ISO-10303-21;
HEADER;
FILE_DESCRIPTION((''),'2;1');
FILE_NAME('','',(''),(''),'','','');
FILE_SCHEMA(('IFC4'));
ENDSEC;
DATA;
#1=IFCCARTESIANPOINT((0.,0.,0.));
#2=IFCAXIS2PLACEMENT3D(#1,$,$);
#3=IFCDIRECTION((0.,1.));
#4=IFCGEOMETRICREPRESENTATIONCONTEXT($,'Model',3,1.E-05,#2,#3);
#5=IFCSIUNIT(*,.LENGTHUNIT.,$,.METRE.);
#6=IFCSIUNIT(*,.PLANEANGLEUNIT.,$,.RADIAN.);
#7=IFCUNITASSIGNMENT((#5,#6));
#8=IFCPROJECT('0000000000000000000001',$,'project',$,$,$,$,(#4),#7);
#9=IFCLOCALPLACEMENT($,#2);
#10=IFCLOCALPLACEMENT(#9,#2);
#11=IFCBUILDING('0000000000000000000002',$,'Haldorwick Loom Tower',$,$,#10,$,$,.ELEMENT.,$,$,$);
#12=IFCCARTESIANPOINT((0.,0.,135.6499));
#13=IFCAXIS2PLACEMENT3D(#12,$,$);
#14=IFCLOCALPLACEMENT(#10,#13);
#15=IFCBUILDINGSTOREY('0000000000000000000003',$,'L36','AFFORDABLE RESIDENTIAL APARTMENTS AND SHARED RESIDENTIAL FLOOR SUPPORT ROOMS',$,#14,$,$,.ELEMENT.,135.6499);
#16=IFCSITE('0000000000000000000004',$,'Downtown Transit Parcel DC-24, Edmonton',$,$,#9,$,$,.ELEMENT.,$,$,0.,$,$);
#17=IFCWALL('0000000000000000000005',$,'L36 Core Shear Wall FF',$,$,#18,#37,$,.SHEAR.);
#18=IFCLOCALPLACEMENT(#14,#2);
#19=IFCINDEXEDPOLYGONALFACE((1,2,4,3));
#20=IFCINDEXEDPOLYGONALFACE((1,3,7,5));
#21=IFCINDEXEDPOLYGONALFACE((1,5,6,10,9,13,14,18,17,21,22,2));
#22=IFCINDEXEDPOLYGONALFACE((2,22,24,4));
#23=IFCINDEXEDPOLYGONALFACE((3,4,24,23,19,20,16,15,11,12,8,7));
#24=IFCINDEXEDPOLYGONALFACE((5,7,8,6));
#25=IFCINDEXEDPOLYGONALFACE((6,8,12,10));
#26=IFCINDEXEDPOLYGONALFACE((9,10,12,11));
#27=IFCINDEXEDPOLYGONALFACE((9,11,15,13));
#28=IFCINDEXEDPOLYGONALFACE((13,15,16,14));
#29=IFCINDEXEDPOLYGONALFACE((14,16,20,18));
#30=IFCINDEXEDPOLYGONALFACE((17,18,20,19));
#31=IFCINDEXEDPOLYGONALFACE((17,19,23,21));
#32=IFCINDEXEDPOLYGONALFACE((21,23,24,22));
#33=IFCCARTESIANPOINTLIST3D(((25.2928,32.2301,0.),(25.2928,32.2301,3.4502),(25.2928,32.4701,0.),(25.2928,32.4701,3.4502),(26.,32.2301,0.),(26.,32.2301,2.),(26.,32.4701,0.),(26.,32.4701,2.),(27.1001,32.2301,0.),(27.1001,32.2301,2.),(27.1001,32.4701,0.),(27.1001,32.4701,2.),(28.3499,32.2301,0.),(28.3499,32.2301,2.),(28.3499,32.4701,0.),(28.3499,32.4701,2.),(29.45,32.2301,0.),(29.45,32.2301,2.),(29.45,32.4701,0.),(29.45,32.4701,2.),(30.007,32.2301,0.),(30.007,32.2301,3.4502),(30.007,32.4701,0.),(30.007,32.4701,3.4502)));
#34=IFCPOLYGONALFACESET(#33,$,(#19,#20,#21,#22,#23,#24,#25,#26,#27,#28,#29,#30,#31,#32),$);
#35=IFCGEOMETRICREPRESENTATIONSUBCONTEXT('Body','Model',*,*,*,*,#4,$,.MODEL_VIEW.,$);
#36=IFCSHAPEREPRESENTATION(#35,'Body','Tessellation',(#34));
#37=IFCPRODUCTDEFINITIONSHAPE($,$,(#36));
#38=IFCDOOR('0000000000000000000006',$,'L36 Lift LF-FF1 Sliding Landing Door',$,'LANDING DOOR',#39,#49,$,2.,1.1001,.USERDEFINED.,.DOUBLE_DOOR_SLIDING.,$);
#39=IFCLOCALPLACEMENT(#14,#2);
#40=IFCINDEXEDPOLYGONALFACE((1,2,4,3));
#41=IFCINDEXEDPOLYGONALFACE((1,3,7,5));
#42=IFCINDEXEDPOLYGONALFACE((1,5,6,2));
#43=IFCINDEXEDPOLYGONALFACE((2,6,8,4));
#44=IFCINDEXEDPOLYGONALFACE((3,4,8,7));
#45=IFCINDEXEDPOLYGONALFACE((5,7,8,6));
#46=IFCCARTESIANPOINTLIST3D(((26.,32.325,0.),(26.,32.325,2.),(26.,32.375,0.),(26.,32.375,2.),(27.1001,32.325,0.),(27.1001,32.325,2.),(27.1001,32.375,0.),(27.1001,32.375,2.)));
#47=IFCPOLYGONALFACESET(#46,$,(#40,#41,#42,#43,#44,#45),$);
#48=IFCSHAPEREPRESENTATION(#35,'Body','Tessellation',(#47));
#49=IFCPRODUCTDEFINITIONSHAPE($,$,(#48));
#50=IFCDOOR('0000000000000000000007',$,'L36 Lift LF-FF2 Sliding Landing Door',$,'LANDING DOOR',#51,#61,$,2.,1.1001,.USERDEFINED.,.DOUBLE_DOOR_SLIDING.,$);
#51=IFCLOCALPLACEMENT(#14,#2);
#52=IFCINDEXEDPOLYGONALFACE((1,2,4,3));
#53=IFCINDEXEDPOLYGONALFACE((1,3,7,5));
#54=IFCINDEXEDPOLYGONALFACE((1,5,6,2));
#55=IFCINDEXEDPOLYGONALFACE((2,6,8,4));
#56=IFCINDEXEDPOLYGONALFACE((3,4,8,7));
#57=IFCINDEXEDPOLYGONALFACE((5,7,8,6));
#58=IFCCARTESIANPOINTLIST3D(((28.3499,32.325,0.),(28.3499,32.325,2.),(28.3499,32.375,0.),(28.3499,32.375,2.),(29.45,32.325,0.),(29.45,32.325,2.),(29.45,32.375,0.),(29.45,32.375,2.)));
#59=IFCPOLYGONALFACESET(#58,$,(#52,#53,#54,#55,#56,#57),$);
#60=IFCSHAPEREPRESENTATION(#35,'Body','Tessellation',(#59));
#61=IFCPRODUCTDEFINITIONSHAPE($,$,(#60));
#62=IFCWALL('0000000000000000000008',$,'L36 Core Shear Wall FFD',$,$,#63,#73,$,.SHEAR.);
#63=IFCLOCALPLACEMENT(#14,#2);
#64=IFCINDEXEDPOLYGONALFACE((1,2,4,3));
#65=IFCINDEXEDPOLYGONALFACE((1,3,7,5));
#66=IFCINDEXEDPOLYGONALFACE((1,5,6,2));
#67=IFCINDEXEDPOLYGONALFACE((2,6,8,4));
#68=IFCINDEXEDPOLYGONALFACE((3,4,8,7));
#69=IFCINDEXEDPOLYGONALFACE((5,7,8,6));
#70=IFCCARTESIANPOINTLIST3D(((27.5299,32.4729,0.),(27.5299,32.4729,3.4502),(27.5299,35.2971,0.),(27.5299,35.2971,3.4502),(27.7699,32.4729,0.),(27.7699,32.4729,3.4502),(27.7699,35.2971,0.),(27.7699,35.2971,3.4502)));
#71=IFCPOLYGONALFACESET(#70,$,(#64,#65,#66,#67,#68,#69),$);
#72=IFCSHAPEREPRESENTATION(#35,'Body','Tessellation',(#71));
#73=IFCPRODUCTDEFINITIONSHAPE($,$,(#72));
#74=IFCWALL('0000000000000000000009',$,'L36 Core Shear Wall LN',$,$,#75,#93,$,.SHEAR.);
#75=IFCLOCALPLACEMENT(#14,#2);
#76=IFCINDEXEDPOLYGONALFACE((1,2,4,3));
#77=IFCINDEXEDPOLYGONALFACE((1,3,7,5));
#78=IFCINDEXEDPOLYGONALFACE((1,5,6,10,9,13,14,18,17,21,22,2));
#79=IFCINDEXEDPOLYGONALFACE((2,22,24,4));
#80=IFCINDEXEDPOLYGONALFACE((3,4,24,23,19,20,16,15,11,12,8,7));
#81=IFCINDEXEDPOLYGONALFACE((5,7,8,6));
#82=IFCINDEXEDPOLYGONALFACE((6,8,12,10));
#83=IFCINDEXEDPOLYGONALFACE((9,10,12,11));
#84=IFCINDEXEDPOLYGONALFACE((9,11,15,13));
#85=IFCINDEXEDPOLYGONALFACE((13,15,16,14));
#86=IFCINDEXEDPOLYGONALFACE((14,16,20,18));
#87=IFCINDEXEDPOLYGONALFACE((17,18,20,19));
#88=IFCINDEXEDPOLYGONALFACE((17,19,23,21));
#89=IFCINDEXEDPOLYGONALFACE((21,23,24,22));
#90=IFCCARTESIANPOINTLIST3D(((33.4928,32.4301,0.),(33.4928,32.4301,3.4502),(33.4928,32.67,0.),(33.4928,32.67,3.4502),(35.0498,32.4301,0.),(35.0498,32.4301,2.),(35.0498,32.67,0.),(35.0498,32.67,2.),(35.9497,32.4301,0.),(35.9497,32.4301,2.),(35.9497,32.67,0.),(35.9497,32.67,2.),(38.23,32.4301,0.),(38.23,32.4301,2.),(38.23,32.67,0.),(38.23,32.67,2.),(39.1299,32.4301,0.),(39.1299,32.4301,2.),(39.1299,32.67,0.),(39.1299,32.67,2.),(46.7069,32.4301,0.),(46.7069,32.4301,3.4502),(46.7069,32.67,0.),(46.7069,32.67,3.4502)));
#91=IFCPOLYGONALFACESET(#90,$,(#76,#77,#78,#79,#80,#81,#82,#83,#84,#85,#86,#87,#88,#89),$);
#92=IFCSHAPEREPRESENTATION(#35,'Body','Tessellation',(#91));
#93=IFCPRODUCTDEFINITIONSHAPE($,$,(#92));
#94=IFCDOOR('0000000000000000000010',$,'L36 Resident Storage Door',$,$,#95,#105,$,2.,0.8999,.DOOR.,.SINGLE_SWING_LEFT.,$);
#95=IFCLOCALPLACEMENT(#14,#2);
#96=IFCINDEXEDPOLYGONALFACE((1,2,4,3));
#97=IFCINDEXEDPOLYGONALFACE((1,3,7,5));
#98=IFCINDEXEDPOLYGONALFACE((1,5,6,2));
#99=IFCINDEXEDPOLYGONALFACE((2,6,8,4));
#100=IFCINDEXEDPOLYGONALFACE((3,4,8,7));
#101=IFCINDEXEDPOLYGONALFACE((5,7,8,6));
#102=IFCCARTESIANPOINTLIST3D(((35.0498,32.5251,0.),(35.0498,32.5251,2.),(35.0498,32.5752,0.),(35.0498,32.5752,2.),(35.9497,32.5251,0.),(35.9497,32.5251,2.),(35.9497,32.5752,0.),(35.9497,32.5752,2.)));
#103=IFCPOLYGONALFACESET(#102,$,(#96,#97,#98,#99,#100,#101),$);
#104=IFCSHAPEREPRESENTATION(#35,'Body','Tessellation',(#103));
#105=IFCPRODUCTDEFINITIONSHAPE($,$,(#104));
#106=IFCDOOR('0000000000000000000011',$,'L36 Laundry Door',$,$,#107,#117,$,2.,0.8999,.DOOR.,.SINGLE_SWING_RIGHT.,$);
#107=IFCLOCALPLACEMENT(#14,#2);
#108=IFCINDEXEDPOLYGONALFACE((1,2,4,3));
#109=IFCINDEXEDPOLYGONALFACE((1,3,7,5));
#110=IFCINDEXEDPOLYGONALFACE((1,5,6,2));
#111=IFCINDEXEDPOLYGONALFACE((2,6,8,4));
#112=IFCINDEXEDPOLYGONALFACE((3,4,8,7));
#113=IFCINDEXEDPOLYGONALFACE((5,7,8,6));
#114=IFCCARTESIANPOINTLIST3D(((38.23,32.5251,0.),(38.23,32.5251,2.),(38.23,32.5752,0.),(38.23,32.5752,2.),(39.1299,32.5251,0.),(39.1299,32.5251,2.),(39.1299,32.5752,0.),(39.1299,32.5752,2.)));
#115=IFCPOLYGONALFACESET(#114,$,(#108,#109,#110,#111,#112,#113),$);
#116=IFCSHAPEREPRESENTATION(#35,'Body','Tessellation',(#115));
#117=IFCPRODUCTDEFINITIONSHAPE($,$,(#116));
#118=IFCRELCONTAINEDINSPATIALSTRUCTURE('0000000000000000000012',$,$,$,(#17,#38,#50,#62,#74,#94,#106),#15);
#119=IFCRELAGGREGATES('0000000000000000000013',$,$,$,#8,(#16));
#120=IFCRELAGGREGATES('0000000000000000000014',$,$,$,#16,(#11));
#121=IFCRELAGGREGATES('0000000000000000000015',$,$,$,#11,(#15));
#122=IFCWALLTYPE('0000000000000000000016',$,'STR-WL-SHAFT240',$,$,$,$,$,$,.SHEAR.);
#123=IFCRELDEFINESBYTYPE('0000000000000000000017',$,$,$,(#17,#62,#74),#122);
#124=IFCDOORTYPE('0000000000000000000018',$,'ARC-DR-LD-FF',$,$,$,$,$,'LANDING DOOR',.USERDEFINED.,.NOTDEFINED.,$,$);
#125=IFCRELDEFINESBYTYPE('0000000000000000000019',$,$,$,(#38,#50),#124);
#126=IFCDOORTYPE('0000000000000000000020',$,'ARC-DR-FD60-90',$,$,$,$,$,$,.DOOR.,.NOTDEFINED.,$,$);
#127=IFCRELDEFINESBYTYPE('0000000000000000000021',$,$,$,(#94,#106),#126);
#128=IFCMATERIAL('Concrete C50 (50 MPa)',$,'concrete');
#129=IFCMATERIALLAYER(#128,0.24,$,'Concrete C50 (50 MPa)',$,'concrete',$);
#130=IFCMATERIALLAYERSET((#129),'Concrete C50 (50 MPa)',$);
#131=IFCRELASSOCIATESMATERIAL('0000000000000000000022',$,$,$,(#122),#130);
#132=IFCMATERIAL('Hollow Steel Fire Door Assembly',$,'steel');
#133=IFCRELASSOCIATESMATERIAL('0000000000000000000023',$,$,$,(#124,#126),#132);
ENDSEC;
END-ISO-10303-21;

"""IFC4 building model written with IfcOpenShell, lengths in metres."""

from ifc_helpers import new_model, si_unit, direction, frame, frame_2d, origin, place, context, subcontext, project, spatial, rectangle, extrude, material, layer, layer_set, type_object, element, fill, save


model = new_model("IFC4")

# Units and contexts
model_context = context("Model", 3, precision=1e-05, world=origin(), true_north=direction((0.0, 1.0)))
body_context = subcontext(model_context, "Body", "Model", "MODEL_VIEW")
ifc_project = project(units=[si_unit("LENGTHUNIT", "METRE"), si_unit("PLANEANGLEUNIT", "RADIAN")], contexts=[model_context])

# Site, building, storey
site_placement = place(None, origin())
site = spatial("IfcSite", under=ifc_project, at=site_placement, Name="Downtown Transit Parcel DC-24, Edmonton", CompositionType="ELEMENT", RefElevation=0.0)
building_placement = place(site_placement, origin())
building = spatial("IfcBuilding", under=site, at=building_placement, Name="Haldorwick Loom Tower", CompositionType="ELEMENT")
storey_placement = place(building_placement, frame((0.0, 0.0, 135.6499)))
storey = spatial("IfcBuildingStorey", under=building, at=storey_placement, Name="L36", Description="AFFORDABLE RESIDENTIAL APARTMENTS AND SHARED RESIDENTIAL FLOOR SUPPORT ROOMS", CompositionType="ELEMENT", Elevation=135.6499)

# Shared definitions
ifc_material_1 = material(Name="Concrete C50 (50 MPa)", Category="concrete")
ifc_layer_1 = layer(ifc_material_1, 0.24, Name="Concrete C50 (50 MPa)", Category="concrete")
ifc_layer_set_1 = layer_set([ifc_layer_1], Name="Concrete C50 (50 MPa)")
wall_type_1 = type_object("IfcWallType", Name="STR-WL-SHAFT240", PredefinedType="SHEAR", material=ifc_layer_set_1)

# Wall, openings, doors
wall_1_placement = place(storey_placement, frame((25.293, 32.3501, 0.0), z_axis=(0.0, 0.0, 1.0), x_axis=(1.0, 0.0, 0.0)))
wall_1 = element("IfcWall", 1, at=wall_1_placement, inside=storey, type_object=wall_type_1, Name="L36 Core Shear Wall FF", PredefinedType="SHEAR", context=body_context, shape_type="SweptSolid", body=[
    extrude(rectangle(XDim=4.7141, YDim=0.24, at=frame_2d((2.3569, 0.0))), origin(), (0.0, 0.0, 1.0), 3.4502),
])
opening_1_placement = place(wall_1_placement, frame((0.707, 0.0, 0.0)))
opening_1 = element("IfcOpeningElement", 2, at=opening_1_placement, cuts=wall_1, PredefinedType="OPENING", context=body_context, shape_type="SweptSolid", body=[
    extrude(rectangle(XDim=1.1001, YDim=2.0, at=frame_2d((0.55, 1.0))), frame((0.0, 0.1299, 0.0), z_axis=(0.0, -1.0, 0.0), x_axis=(1.0, 0.0, 0.0)), (0.0, 0.0, 1.0), 0.26),
])
opening_2_placement = place(wall_1_placement, frame((3.0569, 0.0, 0.0)))
opening_2 = element("IfcOpeningElement", 3, at=opening_2_placement, cuts=wall_1, PredefinedType="OPENING", context=body_context, shape_type="SweptSolid", body=[
    extrude(rectangle(XDim=1.1001, YDim=2.0, at=frame_2d((0.55, 1.0))), frame((0.0, 0.1299, 0.0), z_axis=(0.0, -1.0, 0.0), x_axis=(1.0, 0.0, 0.0)), (0.0, 0.0, 1.0), 0.26),
])
ifc_material_2 = material(Name="Hollow Steel Fire Door Assembly", Category="steel")
door_type_1 = type_object("IfcDoorType", Name="ARC-DR-LD-FF", ElementType="LANDING DOOR", OperationType="NOTDEFINED", PredefinedType="USERDEFINED", material=ifc_material_2)
door_1_placement = place(opening_1_placement, origin())
door_1 = element("IfcDoor", 4, at=door_1_placement, inside=storey, type_object=door_type_1, Name="L36 Lift LF-FF1 Sliding Landing Door", ObjectType="LANDING DOOR", OperationType="DOUBLE_DOOR_SLIDING", OverallHeight=2.0, OverallWidth=1.1001, PredefinedType="USERDEFINED", context=body_context, shape_type="SweptSolid", body=[
    extrude(rectangle(XDim=1.1001, YDim=2.0, at=frame_2d((0.55, 1.0))), frame((0.0, 0.0249, 0.0), z_axis=(0.0, -1.0, 0.0), x_axis=(1.0, 0.0, 0.0)), (0.0, 0.0, 1.0), 0.05),
])
fill(opening_1, door_1)
door_2_placement = place(opening_2_placement, origin())
door_2 = element("IfcDoor", 5, at=door_2_placement, inside=storey, type_object=door_type_1, Name="L36 Lift LF-FF2 Sliding Landing Door", ObjectType="LANDING DOOR", OperationType="DOUBLE_DOOR_SLIDING", OverallHeight=2.0, OverallWidth=1.1001, PredefinedType="USERDEFINED", context=body_context, shape_type="SweptSolid", body=[
    extrude(rectangle(XDim=1.1001, YDim=2.0, at=frame_2d((0.55, 1.0))), frame((0.0, 0.0249, 0.0), z_axis=(0.0, -1.0, 0.0), x_axis=(1.0, 0.0, 0.0)), (0.0, 0.0, 1.0), 0.05),
])
fill(opening_2, door_2)

# Wall
wall_2_placement = place(storey_placement, frame((27.6499, 32.4729, 0.0), z_axis=(0.0, 0.0, 1.0), x_axis=(0.0, 1.0, 0.0)))
element("IfcWall", 6, at=wall_2_placement, inside=storey, type_object=wall_type_1, Name="L36 Core Shear Wall FFD", PredefinedType="SHEAR", context=body_context, shape_type="SweptSolid", body=[
    extrude(rectangle(XDim=2.8242, YDim=0.24, at=frame_2d((1.4121, 0.0))), origin(), (0.0, 0.0, 1.0), 3.4502),
])

# Wall, openings, doors
wall_3_placement = place(storey_placement, frame((33.4929, 32.55, 0.0), z_axis=(0.0, 0.0, 1.0), x_axis=(1.0, 0.0, 0.0)))
wall_3 = element("IfcWall", 7, at=wall_3_placement, inside=storey, type_object=wall_type_1, Name="L36 Core Shear Wall LN", PredefinedType="SHEAR", context=body_context, shape_type="SweptSolid", body=[
    extrude(rectangle(XDim=13.2141, YDim=0.24, at=frame_2d((6.6069, 0.0))), origin(), (0.0, 0.0, 1.0), 3.4502),
])
opening_3_placement = place(wall_3_placement, frame((1.5569, 0.0, 0.0)))
opening_3 = element("IfcOpeningElement", 8, at=opening_3_placement, cuts=wall_3, PredefinedType="OPENING", context=body_context, shape_type="SweptSolid", body=[
    extrude(rectangle(XDim=0.8999, YDim=2.0, at=frame_2d((0.45, 1.0))), frame((0.0, 0.1299, 0.0), z_axis=(0.0, -1.0, 0.0), x_axis=(1.0, 0.0, 0.0)), (0.0, 0.0, 1.0), 0.26),
])
opening_4_placement = place(wall_3_placement, frame((4.7371, 0.0, 0.0)))
opening_4 = element("IfcOpeningElement", 9, at=opening_4_placement, cuts=wall_3, PredefinedType="OPENING", context=body_context, shape_type="SweptSolid", body=[
    extrude(rectangle(XDim=0.8999, YDim=2.0, at=frame_2d((0.45, 1.0))), frame((0.0, 0.1299, 0.0), z_axis=(0.0, -1.0, 0.0), x_axis=(1.0, 0.0, 0.0)), (0.0, 0.0, 1.0), 0.26),
])
door_type_2 = type_object("IfcDoorType", Name="ARC-DR-FD60-90", OperationType="NOTDEFINED", PredefinedType="DOOR", material=ifc_material_2)
door_3_placement = place(opening_3_placement, frame((0.8999, 0.0, 0.0), z_axis=(0.0, 0.0, 1.0), x_axis=(-1.0, 0.0, 0.0)))
door_3 = element("IfcDoor", 10, at=door_3_placement, inside=storey, type_object=door_type_2, Name="L36 Resident Storage Door", OperationType="SINGLE_SWING_LEFT", OverallHeight=2.0, OverallWidth=0.8999, PredefinedType="DOOR", context=body_context, shape_type="SweptSolid", body=[
    extrude(rectangle(XDim=0.8999, YDim=2.0, at=frame_2d((0.45, 1.0))), frame((0.0, 0.0249, 0.0), z_axis=(0.0, -1.0, 0.0), x_axis=(1.0, 0.0, 0.0)), (0.0, 0.0, 1.0), 0.05),
])
fill(opening_3, door_3)
door_4_placement = place(opening_4_placement, frame((0.8999, 0.0, 0.0), z_axis=(0.0, 0.0, 1.0), x_axis=(-1.0, 0.0, 0.0)))
door_4 = element("IfcDoor", 11, at=door_4_placement, inside=storey, type_object=door_type_2, Name="L36 Laundry Door", OperationType="SINGLE_SWING_RIGHT", OverallHeight=2.0, OverallWidth=0.8999, PredefinedType="DOOR", context=body_context, shape_type="SweptSolid", body=[
    extrude(rectangle(XDim=0.8999, YDim=2.0, at=frame_2d((0.45, 1.0))), frame((0.0, 0.0249, 0.0), z_axis=(0.0, -1.0, 0.0), x_axis=(1.0, 0.0, 0.0)), (0.0, 0.0, 1.0), 0.05),
])
fill(opening_4, door_4)

save(model, "model.ifc")
